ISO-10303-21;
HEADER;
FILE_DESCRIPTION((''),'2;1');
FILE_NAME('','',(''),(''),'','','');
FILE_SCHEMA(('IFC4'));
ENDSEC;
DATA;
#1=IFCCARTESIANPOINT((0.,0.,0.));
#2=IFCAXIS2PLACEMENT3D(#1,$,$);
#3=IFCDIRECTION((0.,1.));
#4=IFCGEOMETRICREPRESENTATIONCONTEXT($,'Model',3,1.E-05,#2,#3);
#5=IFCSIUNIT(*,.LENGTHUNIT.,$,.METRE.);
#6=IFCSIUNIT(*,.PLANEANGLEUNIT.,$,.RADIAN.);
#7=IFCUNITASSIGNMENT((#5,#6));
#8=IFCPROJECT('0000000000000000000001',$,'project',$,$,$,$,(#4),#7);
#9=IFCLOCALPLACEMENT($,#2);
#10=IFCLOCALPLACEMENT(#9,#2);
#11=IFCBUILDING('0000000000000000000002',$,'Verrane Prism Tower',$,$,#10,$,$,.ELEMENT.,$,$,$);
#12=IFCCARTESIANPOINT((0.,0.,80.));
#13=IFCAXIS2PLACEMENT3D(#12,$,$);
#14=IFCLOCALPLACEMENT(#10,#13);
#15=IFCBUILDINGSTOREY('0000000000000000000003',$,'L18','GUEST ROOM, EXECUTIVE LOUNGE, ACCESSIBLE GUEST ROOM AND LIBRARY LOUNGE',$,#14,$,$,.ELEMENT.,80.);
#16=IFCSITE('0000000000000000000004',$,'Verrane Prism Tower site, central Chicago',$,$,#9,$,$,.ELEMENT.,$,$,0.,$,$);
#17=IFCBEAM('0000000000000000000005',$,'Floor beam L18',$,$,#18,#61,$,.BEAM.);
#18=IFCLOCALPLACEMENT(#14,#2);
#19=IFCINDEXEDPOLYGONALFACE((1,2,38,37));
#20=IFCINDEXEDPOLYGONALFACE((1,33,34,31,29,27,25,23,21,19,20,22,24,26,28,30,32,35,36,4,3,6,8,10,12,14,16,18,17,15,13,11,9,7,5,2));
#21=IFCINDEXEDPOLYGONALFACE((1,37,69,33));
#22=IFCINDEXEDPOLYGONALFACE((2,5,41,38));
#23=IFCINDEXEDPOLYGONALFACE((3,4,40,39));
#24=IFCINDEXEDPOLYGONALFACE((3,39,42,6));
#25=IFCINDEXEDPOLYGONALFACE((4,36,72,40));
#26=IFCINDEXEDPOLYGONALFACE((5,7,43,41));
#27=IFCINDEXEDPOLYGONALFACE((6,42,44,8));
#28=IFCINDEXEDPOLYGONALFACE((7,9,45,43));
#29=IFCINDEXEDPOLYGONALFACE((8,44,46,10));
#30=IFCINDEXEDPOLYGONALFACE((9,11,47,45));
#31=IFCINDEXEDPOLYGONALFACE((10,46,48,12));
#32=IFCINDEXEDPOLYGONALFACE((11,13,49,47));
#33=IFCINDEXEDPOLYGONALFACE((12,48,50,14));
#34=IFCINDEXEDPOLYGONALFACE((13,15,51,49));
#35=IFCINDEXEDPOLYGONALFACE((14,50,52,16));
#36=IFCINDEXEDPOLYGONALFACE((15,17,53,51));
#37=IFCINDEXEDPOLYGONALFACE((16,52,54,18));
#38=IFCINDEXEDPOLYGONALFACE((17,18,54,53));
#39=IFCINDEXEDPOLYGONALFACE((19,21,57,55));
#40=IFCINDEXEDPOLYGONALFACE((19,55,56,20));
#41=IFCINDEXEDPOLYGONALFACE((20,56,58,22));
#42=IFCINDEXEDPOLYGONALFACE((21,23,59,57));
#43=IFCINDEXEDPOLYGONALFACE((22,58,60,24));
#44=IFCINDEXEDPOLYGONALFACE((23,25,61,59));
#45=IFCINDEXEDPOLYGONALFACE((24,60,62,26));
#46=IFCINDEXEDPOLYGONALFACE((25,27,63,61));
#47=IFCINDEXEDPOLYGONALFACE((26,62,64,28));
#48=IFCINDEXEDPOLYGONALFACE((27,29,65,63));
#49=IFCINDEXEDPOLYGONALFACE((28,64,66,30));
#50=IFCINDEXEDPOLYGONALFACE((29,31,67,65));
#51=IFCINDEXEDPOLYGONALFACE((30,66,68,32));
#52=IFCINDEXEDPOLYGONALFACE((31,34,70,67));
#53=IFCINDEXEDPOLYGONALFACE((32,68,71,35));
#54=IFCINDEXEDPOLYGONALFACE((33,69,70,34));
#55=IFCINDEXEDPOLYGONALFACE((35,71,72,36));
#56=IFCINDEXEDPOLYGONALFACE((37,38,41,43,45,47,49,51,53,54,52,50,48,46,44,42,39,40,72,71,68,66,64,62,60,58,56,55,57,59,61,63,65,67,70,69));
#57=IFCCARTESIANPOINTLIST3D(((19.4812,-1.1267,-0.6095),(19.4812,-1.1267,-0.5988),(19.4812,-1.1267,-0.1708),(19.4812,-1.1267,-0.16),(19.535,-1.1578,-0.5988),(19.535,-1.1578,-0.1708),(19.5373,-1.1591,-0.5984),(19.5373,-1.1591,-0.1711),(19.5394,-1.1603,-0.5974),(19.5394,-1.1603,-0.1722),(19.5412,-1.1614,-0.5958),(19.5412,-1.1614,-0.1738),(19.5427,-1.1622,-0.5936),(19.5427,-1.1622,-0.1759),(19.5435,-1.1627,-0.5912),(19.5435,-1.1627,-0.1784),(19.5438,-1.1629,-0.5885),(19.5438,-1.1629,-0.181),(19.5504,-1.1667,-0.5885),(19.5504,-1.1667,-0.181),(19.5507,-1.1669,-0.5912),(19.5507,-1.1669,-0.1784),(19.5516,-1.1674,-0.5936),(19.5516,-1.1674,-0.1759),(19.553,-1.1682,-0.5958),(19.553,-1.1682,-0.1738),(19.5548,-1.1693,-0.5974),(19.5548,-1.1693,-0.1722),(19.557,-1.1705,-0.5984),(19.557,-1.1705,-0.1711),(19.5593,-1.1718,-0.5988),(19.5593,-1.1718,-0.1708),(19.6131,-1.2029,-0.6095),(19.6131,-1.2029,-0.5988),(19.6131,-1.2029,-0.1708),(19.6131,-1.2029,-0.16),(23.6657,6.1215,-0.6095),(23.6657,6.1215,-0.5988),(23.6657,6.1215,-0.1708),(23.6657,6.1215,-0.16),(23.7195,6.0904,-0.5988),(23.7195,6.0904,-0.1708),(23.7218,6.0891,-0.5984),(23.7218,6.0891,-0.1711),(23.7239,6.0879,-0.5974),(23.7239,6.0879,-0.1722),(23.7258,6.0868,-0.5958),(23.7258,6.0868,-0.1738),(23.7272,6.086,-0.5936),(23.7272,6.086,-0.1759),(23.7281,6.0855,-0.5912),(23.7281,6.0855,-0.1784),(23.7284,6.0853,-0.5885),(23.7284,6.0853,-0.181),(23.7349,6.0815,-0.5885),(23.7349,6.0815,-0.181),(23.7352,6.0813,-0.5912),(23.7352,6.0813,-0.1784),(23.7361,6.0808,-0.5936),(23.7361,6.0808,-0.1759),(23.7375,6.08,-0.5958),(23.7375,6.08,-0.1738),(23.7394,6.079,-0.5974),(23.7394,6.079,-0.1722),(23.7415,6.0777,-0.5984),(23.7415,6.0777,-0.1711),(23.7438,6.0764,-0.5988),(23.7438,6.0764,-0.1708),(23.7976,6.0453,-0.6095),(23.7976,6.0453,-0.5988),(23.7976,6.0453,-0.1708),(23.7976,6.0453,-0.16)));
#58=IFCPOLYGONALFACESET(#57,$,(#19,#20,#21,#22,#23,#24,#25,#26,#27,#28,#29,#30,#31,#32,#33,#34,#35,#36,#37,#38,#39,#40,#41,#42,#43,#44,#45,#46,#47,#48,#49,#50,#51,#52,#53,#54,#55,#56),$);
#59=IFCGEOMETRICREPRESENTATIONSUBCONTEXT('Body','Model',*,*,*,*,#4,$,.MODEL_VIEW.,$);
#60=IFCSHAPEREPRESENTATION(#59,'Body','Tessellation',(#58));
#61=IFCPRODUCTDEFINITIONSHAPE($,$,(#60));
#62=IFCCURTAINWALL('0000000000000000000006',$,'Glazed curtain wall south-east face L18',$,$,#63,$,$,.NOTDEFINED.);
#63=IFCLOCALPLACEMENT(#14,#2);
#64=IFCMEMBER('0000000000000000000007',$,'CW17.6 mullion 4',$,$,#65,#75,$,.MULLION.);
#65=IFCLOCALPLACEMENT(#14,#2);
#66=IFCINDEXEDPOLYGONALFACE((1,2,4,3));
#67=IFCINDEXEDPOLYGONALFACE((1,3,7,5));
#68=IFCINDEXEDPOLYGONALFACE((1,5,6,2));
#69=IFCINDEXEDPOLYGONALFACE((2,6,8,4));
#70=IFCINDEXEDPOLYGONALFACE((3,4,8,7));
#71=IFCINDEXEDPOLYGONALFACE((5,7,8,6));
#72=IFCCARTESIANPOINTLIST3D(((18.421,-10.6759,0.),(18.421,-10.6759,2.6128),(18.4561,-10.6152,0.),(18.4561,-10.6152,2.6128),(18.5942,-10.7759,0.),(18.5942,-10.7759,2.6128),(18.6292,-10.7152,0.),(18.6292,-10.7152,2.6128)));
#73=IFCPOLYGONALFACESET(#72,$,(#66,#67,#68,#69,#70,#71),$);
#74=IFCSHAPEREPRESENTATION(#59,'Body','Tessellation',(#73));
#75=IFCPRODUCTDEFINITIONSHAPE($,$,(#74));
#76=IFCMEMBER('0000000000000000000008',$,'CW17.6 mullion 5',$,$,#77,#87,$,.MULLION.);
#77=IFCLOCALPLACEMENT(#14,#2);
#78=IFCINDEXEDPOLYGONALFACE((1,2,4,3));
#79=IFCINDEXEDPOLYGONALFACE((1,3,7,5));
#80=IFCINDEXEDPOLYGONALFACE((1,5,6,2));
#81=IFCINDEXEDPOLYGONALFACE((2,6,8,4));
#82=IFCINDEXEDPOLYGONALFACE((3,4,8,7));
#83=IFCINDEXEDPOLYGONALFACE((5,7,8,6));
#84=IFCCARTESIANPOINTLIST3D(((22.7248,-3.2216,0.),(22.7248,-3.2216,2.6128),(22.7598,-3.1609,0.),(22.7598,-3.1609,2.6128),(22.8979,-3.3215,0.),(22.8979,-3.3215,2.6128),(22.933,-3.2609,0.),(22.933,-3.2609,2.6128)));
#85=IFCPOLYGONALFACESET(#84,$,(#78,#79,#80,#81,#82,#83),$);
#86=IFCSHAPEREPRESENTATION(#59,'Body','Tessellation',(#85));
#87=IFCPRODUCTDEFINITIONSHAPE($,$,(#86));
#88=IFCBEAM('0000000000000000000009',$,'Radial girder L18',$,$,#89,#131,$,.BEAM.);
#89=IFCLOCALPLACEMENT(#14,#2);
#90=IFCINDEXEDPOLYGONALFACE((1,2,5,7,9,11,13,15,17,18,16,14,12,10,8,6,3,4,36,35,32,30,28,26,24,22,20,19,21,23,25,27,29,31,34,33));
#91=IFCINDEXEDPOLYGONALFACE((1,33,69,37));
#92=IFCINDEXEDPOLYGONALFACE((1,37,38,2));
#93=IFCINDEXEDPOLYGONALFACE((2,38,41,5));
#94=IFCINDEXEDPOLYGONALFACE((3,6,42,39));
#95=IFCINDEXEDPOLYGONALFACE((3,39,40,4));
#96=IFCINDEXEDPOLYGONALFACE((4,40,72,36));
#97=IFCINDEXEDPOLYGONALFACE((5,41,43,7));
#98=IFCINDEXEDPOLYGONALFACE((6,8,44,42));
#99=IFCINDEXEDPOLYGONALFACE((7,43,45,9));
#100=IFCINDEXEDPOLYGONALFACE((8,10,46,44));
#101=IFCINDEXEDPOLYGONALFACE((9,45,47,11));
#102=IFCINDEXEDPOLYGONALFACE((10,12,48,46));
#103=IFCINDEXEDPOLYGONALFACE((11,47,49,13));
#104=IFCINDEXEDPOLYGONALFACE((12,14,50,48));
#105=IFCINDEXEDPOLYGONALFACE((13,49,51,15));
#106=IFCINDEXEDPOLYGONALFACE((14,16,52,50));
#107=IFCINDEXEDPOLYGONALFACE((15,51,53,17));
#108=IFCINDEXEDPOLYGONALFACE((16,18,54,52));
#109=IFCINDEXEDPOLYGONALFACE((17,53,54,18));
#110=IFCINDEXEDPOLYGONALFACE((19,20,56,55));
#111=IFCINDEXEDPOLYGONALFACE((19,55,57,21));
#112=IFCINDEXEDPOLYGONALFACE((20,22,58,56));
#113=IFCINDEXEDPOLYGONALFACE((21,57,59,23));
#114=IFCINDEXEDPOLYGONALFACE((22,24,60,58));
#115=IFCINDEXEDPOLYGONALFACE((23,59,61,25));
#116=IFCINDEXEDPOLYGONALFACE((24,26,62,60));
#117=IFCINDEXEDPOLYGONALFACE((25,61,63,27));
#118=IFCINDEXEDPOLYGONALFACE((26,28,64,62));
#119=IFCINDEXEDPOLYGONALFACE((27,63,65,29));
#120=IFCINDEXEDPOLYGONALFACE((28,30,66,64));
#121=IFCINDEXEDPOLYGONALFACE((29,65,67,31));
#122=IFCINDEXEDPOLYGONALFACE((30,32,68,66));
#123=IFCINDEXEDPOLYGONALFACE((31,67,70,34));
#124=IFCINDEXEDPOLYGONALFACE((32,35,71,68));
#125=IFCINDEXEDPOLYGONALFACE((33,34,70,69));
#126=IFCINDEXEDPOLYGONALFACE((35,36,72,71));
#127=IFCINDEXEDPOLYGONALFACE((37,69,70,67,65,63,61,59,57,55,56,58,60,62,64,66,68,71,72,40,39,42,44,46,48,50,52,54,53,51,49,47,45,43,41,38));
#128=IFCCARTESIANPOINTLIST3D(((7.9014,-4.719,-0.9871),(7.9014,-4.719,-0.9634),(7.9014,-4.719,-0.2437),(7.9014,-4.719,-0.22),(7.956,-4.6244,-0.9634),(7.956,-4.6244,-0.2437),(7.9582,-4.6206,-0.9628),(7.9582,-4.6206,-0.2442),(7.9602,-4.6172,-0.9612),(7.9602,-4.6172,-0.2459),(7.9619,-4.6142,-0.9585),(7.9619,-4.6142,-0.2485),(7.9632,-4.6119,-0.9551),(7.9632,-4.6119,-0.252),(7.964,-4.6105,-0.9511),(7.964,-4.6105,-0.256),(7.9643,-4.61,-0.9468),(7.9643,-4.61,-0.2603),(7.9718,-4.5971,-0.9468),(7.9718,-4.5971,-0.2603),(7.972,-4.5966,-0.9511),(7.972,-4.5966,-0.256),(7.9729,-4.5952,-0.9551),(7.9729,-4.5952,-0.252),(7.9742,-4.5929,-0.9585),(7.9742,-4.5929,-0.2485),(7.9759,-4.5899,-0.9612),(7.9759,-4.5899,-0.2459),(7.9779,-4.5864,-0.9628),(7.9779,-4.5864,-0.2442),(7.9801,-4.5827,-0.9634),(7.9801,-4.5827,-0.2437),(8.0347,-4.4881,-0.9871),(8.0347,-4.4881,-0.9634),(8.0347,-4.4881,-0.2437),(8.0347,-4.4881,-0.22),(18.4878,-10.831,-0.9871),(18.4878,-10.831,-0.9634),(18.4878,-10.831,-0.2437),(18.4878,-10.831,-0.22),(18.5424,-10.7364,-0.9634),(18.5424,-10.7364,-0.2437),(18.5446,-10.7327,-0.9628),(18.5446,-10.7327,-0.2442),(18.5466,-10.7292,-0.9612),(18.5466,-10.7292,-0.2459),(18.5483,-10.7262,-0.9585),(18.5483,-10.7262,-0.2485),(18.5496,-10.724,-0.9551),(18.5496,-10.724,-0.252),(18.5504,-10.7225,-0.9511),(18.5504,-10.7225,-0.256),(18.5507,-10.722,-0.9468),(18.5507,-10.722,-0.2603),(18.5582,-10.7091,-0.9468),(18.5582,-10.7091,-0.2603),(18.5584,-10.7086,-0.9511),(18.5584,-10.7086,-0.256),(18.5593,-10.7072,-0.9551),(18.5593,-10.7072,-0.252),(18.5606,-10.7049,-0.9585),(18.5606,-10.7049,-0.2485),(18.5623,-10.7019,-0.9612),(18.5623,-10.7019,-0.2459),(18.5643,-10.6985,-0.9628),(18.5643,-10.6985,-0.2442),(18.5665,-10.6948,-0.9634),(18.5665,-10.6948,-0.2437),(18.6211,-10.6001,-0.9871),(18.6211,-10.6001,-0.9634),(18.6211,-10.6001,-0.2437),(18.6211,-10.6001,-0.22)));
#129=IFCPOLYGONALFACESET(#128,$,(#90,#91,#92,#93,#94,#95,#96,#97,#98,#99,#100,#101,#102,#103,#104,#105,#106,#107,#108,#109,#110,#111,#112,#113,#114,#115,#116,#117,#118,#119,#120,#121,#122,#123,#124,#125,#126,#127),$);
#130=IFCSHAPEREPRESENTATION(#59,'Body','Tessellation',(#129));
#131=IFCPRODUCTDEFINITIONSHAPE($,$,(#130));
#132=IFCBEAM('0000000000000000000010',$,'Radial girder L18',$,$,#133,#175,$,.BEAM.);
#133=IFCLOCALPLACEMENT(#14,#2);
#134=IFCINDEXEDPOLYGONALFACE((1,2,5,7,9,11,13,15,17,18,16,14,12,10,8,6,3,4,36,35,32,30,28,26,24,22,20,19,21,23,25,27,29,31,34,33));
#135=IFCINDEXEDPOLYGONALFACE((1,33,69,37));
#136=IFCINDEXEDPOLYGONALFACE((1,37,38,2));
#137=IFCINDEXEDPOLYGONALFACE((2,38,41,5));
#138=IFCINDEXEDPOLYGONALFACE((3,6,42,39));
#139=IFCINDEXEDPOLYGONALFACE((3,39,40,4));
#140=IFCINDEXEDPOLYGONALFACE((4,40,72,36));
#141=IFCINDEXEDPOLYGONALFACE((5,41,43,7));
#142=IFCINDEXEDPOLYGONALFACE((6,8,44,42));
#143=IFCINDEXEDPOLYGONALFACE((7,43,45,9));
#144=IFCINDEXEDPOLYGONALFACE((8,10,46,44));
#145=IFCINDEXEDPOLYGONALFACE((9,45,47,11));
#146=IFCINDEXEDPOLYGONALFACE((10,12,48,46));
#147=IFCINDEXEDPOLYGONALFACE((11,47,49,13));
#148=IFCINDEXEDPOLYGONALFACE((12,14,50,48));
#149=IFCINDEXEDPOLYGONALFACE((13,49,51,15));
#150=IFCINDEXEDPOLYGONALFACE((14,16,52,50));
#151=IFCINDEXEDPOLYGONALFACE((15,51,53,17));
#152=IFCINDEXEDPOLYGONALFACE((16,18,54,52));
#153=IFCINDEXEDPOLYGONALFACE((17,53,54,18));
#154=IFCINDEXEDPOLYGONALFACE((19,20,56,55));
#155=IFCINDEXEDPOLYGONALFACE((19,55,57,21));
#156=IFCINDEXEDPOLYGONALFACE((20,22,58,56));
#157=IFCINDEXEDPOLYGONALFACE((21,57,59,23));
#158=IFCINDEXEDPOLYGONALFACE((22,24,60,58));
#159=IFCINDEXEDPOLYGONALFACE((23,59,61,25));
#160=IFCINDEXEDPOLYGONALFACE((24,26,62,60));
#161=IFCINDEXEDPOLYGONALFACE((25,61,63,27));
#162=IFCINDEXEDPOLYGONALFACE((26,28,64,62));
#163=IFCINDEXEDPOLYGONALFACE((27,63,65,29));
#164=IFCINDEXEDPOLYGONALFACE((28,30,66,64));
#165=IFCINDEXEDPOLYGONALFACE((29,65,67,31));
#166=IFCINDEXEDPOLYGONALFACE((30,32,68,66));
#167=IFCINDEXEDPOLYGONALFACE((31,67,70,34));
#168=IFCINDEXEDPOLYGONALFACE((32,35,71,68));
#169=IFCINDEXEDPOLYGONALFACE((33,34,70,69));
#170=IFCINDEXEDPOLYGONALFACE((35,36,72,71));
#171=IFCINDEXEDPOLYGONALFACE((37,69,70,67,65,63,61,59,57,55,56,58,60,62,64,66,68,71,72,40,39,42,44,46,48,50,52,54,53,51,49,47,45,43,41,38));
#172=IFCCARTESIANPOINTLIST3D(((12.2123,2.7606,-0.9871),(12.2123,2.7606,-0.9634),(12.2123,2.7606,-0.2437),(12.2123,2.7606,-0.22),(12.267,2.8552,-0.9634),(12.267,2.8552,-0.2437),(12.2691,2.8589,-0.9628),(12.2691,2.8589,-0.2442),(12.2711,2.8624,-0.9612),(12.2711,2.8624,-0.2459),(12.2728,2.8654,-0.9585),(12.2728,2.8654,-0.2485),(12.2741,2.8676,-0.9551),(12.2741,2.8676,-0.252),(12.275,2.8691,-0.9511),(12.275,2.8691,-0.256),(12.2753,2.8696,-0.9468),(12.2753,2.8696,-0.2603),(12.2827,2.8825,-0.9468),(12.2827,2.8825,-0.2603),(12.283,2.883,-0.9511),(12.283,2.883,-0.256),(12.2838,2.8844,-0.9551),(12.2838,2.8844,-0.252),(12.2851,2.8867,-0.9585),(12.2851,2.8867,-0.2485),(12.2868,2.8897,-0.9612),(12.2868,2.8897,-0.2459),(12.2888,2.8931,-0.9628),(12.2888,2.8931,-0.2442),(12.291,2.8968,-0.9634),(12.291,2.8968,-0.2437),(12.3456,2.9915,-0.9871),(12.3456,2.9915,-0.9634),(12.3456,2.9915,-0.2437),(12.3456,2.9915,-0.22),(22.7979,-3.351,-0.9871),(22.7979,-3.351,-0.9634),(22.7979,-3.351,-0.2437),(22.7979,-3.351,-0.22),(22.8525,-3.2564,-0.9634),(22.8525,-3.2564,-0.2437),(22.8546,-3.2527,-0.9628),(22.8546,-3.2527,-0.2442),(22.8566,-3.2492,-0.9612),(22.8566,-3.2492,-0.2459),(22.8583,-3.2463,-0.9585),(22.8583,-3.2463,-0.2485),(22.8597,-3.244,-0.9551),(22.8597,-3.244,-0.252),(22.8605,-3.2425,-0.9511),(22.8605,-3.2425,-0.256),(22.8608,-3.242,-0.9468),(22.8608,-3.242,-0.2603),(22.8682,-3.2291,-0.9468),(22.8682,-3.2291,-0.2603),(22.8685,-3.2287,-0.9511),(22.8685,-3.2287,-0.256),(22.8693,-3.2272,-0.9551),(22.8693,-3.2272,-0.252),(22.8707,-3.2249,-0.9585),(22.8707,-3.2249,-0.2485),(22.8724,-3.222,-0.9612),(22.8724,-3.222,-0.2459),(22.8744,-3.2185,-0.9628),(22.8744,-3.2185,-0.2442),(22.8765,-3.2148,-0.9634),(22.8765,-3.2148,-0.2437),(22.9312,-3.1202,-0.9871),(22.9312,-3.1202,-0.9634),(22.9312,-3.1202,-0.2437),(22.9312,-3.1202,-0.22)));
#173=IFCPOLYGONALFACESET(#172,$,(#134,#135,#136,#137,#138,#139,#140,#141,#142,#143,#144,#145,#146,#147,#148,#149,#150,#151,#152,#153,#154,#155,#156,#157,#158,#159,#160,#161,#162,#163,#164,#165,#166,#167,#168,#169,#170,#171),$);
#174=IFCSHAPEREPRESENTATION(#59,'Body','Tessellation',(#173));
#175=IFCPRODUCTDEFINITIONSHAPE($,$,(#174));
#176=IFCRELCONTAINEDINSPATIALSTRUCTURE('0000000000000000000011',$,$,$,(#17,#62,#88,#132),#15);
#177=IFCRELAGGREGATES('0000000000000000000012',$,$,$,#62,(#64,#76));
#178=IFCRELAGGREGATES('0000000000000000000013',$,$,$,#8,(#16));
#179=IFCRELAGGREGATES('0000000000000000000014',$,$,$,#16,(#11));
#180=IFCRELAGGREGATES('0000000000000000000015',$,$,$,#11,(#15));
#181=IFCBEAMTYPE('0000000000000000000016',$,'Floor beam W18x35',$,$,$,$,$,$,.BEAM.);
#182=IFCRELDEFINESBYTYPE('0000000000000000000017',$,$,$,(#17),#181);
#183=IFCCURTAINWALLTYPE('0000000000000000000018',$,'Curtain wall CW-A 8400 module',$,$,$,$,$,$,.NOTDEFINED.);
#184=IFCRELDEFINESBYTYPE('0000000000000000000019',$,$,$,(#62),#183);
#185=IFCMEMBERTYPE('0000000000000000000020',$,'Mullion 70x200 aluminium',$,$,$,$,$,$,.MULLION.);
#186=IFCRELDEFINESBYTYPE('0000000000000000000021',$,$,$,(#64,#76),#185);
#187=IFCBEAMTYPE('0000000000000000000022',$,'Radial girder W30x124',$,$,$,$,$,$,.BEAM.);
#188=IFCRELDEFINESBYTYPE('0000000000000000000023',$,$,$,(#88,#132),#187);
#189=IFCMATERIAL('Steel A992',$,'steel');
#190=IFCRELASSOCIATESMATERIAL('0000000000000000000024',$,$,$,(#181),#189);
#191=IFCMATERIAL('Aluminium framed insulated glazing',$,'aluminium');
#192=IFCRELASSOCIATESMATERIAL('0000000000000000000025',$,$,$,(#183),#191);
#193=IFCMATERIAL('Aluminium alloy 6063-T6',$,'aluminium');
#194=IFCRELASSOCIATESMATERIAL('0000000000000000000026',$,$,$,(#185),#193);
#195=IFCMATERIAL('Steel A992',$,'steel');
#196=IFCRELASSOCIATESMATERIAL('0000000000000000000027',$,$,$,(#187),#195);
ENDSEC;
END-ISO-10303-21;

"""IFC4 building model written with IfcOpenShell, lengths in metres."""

from ifc_helpers import new_model, si_unit, direction, frame, origin, origin_2d, place, context, subcontext, project, spatial, rectangle, i_section, extrude, material, material_profile, profile_set, type_object, element, aggregate, save


model = new_model("IFC4")

# Units and contexts
model_context = context("Model", 3, precision=1e-05, world=origin(), true_north=direction((0.0, 1.0)))
body_context = subcontext(model_context, "Body", "Model", "MODEL_VIEW")
ifc_project = project(units=[si_unit("LENGTHUNIT", "METRE"), si_unit("PLANEANGLEUNIT", "RADIAN")], contexts=[model_context])

# Site, building, storey
site_placement = place(None, origin())
site = spatial("IfcSite", under=ifc_project, at=site_placement, Name="Verrane Prism Tower site, central Chicago", CompositionType="ELEMENT", RefElevation=0.0)
building_placement = place(site_placement, origin())
building = spatial("IfcBuilding", under=site, at=building_placement, Name="Verrane Prism Tower", CompositionType="ELEMENT")
storey_placement = place(building_placement, frame((0.0, 0.0, 80.0)))
storey = spatial("IfcBuildingStorey", under=building, at=storey_placement, Name="L18", Description="GUEST ROOM, EXECUTIVE LOUNGE, ACCESSIBLE GUEST ROOM AND LIBRARY LOUNGE", CompositionType="ELEMENT", Elevation=80.0)

# Beam
ifc_material_1 = material(Name="Steel A992", Category="steel")
ifc_material_profile_1 = material_profile(ifc_material_1, i_section(OverallWidth=0.1523, OverallDepth=0.4495, WebThickness=0.0076, FlangeThickness=0.0107, FilletRadius=0.0103, at=origin_2d()), Name="W18x35")
ifc_profile_set_1 = profile_set([ifc_material_profile_1], Name="Steel A992")
beam_type_1 = type_object("IfcBeamType", Name="Floor beam W18x35", PredefinedType="BEAM", material=ifc_profile_set_1)
beam_1_placement = place(storey_placement, frame((19.5471, -1.1648, -0.3848), z_axis=(0.499979, 0.866037, 0.0), x_axis=(-0.866037, 0.499979, 0.0)))
element("IfcBeam", 1, at=beam_1_placement, inside=storey, type_object=beam_type_1, Name="Floor beam L18", PredefinedType="BEAM", context=body_context, shape_type="SweptSolid", body=[
    extrude(i_section(OverallWidth=0.1523, OverallDepth=0.4495, WebThickness=0.0076, FlangeThickness=0.0107, FilletRadius=0.0103, at=origin_2d()), origin(), (0.0, 0.0, 1.0), 8.3694),
])

# Curtain wall, members
ifc_material_2 = material(Name="Aluminium framed insulated glazing", Category="aluminium")
curtain_wall_type = type_object("IfcCurtainWallType", Name="Curtain wall CW-A 8400 module", PredefinedType="NOTDEFINED", material=ifc_material_2)
curtain_wall_placement = place(storey_placement, origin())
curtain_wall = element("IfcCurtainWall", 2, at=curtain_wall_placement, inside=storey, type_object=curtain_wall_type, Name="Glazed curtain wall south-east face L18", PredefinedType="NOTDEFINED")
ifc_material_3 = material(Name="Aluminium alloy 6063-T6", Category="aluminium")
ifc_material_profile_2 = material_profile(ifc_material_3, rectangle(XDim=0.2, YDim=0.0701, at=origin_2d()), Name="Mullion 70x200 aluminium")
ifc_profile_set_2 = profile_set([ifc_material_profile_2], Name="Aluminium alloy 6063-T6")
member_type_1 = type_object("IfcMemberType", Name="Mullion 70x200 aluminium", PredefinedType="MULLION", material=ifc_profile_set_2)
member_1_placement = place(storey_placement, frame((18.5251, -10.6956, 0.0), z_axis=(0.0, 0.0, 1.0), x_axis=(-0.866026, 0.499999, 0.0)))
member_1 = element("IfcMember", 3, at=member_1_placement, type_object=member_type_1, Name="CW17.6 mullion 4", PredefinedType="MULLION", context=body_context, shape_type="SweptSolid", body=[
    extrude(rectangle(XDim=0.2, YDim=0.0701, at=origin_2d()), origin(), (0.0, 0.0, 1.0), 2.6128),
])
member_2_placement = place(storey_placement, frame((22.8289, -3.2412, 0.0), z_axis=(0.0, 0.0, 1.0), x_axis=(-0.866026, 0.499999, 0.0)))
member_2 = element("IfcMember", 4, at=member_2_placement, type_object=member_type_1, Name="CW17.6 mullion 5", PredefinedType="MULLION", context=body_context, shape_type="SweptSolid", body=[
    extrude(rectangle(XDim=0.2, YDim=0.0701, at=origin_2d()), origin(), (0.0, 0.0, 1.0), 2.6128),
])

# Beams
ifc_material_4 = material(Name="Steel A992", Category="steel")
ifc_material_profile_3 = material_profile(ifc_material_4, i_section(OverallWidth=0.2666, OverallDepth=0.7671, WebThickness=0.0149, FlangeThickness=0.0237, FilletRadius=0.0166, at=origin_2d()), Name="W30x124")
ifc_profile_set_3 = profile_set([ifc_material_profile_3], Name="Steel A992")
beam_type_2 = type_object("IfcBeamType", Name="Radial girder W30x124", PredefinedType="BEAM", material=ifc_profile_set_3)
beam_2_placement = place(storey_placement, frame((18.5544, -10.7156, -0.6035), z_axis=(-0.866026, 0.499999, 0.0), x_axis=(-0.499999, -0.866026, 0.0)))
element("IfcBeam", 5, at=beam_2_placement, inside=storey, type_object=beam_type_2, Name="Radial girder L18", PredefinedType="BEAM", context=body_context, shape_type="SweptSolid", body=[
    extrude(i_section(OverallWidth=0.2666, OverallDepth=0.7671, WebThickness=0.0149, FlangeThickness=0.0237, FilletRadius=0.0166, at=origin_2d()), origin(), (0.0, 0.0, 1.0), 12.2241),
])
beam_3_placement = place(storey_placement, frame((22.8645, -3.2356, -0.6035), z_axis=(-0.866023, 0.500004, 0.0), x_axis=(-0.500004, -0.866023, 0.0)))
element("IfcBeam", 6, at=beam_3_placement, inside=storey, type_object=beam_type_2, Name="Radial girder L18", PredefinedType="BEAM", context=body_context, shape_type="SweptSolid", body=[
    extrude(i_section(OverallWidth=0.2666, OverallDepth=0.7671, WebThickness=0.0149, FlangeThickness=0.0237, FilletRadius=0.0166, at=origin_2d()), origin(), (0.0, 0.0, 1.0), 12.2231),
])

aggregate(curtain_wall, [member_1, member_2])

save(model, "model.ifc")
